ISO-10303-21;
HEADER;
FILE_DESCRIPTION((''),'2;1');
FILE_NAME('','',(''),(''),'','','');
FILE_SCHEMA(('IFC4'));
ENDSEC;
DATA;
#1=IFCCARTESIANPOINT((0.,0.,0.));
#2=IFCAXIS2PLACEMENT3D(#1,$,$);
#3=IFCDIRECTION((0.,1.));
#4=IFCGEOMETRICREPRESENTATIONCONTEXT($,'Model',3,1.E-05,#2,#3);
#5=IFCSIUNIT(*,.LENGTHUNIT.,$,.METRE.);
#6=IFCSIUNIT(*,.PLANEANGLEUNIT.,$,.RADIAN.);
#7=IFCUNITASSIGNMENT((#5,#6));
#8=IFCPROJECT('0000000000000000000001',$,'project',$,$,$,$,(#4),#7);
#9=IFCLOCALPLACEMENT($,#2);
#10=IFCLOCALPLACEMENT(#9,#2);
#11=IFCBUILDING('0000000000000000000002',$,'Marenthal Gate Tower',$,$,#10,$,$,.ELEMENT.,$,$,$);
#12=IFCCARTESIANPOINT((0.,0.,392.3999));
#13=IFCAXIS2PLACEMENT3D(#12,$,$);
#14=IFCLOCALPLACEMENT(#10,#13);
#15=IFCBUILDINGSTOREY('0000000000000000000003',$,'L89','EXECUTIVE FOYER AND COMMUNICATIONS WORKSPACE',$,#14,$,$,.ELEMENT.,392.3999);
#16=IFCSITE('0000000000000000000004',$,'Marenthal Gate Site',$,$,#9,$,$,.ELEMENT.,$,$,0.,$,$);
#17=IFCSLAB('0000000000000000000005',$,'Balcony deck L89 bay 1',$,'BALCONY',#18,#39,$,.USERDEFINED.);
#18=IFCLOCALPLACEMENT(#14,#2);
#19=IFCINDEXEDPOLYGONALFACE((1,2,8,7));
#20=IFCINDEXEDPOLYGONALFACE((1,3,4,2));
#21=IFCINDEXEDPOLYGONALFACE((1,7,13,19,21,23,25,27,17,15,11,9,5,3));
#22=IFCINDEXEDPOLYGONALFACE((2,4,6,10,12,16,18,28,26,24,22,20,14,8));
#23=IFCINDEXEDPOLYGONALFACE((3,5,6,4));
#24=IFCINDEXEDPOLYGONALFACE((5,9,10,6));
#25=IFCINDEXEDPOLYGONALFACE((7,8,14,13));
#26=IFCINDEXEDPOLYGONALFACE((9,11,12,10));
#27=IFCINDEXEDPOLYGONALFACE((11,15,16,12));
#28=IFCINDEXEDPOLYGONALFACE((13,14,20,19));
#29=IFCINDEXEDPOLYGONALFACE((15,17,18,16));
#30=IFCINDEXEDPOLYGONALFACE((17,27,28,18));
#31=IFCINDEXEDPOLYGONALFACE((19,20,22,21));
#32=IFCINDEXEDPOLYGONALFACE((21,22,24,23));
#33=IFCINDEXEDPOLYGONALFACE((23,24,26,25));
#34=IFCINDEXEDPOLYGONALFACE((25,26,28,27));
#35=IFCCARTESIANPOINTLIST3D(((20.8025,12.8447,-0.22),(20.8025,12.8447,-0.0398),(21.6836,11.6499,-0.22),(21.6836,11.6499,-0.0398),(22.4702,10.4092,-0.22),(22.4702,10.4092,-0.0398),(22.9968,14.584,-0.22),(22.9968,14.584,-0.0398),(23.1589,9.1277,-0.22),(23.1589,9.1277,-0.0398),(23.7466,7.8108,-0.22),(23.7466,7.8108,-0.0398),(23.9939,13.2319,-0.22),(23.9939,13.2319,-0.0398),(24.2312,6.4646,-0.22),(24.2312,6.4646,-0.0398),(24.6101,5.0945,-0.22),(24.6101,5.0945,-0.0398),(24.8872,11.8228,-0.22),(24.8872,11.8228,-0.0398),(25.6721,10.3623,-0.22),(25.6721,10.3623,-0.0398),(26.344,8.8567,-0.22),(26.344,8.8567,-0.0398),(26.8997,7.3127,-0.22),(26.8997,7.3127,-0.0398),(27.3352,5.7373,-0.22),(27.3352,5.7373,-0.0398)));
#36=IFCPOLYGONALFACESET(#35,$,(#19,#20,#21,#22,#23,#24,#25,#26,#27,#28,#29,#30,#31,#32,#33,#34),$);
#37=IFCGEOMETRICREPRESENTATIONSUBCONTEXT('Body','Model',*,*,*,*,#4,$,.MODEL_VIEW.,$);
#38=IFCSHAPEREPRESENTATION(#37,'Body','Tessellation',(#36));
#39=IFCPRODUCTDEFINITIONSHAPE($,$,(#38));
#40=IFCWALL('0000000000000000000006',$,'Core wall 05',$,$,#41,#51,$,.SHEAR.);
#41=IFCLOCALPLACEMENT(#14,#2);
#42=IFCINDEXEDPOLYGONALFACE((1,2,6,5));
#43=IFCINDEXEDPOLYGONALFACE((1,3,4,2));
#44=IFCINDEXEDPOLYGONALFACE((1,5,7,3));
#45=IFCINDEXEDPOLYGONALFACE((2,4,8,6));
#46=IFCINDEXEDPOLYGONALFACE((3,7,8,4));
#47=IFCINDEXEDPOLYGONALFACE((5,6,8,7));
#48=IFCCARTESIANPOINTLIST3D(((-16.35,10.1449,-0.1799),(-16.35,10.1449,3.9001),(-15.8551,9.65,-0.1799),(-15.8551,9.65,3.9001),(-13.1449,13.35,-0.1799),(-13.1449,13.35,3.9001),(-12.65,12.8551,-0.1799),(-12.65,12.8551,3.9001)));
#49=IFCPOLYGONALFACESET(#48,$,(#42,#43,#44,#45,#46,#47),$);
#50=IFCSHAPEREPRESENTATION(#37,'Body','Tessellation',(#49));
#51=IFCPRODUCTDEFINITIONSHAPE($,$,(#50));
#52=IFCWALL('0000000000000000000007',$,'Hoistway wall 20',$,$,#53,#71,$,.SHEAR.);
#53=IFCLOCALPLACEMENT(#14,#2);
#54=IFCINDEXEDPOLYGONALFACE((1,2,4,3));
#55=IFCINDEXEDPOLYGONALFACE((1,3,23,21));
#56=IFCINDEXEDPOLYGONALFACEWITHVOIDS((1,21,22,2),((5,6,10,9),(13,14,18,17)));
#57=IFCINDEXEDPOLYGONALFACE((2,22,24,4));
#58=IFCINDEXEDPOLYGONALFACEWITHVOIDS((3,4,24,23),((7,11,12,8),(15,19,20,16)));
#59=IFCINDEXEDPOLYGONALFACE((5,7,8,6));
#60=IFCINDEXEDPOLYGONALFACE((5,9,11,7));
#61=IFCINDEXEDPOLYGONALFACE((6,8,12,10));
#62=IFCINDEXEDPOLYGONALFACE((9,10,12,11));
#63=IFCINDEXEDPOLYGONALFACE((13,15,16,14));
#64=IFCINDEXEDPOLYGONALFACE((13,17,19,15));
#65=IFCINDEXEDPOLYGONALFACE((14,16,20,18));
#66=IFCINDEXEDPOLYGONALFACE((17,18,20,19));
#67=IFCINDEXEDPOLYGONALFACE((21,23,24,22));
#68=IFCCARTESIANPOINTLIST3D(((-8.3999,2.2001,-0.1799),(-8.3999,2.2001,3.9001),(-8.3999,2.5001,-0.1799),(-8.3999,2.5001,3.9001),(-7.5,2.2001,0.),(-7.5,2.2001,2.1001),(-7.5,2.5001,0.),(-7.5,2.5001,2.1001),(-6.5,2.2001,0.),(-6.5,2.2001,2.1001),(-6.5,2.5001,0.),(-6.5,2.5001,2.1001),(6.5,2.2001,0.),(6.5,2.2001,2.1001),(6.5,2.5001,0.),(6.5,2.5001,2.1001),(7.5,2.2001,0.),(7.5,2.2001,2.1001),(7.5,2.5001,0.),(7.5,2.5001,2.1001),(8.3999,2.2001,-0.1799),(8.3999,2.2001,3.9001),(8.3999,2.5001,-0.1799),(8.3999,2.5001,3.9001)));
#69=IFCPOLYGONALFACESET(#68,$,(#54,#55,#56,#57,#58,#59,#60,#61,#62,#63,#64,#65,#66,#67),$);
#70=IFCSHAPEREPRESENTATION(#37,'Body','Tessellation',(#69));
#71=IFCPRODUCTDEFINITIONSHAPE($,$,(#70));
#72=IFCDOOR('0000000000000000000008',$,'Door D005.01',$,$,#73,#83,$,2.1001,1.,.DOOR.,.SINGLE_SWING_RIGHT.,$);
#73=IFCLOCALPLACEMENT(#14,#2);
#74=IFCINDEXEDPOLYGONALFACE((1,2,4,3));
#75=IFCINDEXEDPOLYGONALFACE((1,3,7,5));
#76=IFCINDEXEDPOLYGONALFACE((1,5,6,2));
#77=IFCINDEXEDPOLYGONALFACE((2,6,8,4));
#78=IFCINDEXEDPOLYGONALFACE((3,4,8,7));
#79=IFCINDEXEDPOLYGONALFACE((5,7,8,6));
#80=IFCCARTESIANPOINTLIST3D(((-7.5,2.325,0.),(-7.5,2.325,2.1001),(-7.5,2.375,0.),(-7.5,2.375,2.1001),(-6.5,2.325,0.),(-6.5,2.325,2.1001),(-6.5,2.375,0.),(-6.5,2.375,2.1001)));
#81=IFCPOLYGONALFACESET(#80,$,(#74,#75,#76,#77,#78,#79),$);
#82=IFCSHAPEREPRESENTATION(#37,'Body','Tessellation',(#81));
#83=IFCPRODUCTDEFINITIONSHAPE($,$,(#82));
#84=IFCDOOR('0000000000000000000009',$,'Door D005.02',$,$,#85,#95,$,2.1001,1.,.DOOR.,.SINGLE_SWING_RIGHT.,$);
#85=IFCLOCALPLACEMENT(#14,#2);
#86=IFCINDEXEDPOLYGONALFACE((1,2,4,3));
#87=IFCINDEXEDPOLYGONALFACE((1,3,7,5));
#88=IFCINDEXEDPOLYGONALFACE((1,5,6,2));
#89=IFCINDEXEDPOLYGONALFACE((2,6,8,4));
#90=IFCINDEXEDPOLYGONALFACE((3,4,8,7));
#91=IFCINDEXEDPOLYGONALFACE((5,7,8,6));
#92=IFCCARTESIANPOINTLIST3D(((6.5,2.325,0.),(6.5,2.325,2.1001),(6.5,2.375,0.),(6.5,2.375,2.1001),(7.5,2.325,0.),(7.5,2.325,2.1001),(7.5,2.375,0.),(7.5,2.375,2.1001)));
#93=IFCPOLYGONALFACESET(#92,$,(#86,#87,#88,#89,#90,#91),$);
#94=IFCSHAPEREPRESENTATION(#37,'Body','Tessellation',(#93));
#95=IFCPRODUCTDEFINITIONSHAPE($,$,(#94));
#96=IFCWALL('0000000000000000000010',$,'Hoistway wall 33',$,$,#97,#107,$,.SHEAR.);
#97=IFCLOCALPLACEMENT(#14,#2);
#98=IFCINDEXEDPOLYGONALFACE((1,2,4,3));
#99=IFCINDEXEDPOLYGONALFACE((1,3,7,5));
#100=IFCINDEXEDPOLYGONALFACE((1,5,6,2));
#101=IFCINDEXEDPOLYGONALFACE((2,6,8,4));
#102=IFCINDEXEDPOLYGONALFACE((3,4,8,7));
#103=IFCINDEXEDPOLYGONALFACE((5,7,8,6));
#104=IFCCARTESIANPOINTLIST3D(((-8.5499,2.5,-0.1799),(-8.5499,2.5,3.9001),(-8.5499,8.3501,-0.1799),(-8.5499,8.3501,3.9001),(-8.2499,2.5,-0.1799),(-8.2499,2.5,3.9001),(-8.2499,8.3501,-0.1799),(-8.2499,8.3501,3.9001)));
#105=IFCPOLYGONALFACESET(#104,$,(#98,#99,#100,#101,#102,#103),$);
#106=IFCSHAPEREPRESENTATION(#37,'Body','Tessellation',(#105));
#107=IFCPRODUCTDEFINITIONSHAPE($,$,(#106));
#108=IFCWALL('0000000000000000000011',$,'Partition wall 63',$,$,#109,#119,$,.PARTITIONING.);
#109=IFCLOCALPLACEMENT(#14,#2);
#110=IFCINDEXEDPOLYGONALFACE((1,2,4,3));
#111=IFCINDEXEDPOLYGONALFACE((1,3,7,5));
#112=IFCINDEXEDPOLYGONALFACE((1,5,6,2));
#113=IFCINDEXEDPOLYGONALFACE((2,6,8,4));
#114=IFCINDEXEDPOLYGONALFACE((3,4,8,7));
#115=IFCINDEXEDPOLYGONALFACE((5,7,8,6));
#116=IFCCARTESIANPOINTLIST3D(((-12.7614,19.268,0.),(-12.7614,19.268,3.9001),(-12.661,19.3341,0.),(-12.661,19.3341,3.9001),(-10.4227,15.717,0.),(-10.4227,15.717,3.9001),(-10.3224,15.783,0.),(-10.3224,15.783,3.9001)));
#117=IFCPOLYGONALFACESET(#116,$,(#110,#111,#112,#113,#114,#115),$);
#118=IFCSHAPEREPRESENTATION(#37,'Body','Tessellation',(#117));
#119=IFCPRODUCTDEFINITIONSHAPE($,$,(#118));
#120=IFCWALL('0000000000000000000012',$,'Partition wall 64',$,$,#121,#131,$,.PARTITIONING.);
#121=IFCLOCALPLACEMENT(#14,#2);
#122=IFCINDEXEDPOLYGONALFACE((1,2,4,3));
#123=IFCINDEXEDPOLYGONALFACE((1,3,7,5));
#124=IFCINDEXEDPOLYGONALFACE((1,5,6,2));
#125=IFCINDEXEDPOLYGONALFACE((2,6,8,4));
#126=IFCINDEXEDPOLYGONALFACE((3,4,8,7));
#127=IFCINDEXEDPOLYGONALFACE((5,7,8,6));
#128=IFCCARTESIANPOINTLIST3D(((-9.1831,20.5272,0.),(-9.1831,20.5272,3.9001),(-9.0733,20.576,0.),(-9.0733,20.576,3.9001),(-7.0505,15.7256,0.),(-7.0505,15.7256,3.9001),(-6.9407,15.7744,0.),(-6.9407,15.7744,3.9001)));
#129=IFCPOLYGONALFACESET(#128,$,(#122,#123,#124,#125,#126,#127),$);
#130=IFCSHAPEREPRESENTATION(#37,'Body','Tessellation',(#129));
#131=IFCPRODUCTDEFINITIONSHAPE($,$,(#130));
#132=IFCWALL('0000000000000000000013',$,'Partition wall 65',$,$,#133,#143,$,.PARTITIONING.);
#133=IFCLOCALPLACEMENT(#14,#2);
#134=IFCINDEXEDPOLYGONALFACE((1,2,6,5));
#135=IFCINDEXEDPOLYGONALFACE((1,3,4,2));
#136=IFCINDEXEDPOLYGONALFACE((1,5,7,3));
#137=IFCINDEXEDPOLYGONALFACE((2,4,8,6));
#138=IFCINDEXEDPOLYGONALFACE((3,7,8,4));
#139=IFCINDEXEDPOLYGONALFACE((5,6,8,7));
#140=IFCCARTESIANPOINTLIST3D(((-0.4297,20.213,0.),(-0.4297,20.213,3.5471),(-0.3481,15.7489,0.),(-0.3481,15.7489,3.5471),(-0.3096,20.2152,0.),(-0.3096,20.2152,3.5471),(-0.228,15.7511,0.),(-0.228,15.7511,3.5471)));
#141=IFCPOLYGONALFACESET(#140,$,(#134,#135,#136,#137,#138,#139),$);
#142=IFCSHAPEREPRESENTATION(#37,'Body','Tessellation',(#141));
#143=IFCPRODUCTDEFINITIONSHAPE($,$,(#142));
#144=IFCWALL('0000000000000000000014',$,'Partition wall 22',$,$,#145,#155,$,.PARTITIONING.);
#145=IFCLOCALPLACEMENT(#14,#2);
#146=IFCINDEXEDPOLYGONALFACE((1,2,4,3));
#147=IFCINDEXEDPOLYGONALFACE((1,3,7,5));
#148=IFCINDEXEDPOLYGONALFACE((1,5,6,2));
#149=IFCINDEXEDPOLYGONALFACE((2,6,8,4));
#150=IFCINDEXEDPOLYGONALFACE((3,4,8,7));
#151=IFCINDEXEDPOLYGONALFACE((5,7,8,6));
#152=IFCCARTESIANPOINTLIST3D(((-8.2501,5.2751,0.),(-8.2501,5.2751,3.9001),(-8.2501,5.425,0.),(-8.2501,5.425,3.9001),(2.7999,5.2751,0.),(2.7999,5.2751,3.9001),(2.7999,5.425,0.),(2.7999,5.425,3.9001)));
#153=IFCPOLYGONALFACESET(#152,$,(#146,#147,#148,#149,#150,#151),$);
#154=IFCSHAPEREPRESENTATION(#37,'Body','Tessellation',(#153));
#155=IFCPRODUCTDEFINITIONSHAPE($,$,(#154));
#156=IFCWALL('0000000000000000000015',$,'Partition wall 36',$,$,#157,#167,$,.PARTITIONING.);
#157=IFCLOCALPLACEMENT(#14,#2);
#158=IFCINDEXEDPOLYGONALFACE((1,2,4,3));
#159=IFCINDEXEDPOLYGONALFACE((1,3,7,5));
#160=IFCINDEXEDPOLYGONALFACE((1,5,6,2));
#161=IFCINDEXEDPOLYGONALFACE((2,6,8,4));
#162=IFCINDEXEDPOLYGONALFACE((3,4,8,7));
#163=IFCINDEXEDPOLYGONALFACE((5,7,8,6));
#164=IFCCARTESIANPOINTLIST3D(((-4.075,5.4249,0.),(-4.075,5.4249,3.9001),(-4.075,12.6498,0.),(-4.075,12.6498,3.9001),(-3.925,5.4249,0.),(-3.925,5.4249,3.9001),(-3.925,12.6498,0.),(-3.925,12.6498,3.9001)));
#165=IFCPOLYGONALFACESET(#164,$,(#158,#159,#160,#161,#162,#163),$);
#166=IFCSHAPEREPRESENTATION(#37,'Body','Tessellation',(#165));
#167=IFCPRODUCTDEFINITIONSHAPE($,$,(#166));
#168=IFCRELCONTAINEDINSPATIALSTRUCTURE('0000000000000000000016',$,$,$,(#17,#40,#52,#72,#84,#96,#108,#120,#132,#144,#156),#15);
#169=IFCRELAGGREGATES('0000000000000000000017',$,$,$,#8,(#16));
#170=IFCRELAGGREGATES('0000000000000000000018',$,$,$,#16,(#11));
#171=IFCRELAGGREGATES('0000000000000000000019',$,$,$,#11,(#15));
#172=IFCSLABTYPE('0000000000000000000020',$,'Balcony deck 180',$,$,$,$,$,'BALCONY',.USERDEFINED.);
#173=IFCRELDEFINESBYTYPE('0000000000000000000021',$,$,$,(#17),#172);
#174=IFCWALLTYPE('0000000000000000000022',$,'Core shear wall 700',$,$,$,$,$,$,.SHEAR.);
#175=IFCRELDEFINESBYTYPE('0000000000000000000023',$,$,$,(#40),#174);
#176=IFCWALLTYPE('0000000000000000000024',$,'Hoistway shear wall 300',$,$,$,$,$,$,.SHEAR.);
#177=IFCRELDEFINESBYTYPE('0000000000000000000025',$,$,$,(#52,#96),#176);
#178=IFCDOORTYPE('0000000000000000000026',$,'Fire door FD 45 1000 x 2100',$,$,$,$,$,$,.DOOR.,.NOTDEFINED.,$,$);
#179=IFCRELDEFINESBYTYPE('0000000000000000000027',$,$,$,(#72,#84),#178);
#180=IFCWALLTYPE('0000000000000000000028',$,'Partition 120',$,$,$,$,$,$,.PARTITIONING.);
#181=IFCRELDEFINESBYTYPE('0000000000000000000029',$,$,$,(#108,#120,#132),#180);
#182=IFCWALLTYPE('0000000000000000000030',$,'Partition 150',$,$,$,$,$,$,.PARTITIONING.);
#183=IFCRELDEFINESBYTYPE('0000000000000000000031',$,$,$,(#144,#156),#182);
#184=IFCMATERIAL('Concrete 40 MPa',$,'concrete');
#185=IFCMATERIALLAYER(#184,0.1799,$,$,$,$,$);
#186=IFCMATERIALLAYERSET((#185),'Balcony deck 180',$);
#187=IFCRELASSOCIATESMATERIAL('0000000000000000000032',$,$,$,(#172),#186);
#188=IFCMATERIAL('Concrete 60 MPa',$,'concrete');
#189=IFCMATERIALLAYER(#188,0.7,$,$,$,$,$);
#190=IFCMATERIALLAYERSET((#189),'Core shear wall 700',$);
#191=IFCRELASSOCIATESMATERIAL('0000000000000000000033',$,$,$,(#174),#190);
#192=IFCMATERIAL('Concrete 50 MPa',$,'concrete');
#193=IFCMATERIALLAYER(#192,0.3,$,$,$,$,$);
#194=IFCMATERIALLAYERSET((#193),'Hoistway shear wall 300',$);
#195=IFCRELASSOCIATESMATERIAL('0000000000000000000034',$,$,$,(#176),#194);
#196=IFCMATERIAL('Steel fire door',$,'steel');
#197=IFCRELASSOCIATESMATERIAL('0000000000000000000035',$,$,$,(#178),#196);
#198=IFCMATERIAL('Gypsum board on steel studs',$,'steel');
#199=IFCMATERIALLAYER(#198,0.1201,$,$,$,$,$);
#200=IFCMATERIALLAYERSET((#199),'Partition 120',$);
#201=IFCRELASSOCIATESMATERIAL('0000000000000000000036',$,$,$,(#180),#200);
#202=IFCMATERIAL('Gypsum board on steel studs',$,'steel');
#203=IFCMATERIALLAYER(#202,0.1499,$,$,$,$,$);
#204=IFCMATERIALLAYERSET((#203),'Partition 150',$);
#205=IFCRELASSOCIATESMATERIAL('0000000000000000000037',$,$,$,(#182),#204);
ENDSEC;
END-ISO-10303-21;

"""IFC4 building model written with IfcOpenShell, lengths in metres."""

from ifc_helpers import new_model, si_unit, direction, frame, frame_2d, origin, place, context, subcontext, project, spatial, polyline, rectangle, outline, extrude, material, layer, layer_set, type_object, element, fill, save


model = new_model("IFC4")

# Units and contexts
model_context = context("Model", 3, precision=1e-05, world=origin(), true_north=direction((0.0, 1.0)))
body_context = subcontext(model_context, "Body", "Model", "MODEL_VIEW")
ifc_project = project(units=[si_unit("LENGTHUNIT", "METRE"), si_unit("PLANEANGLEUNIT", "RADIAN")], contexts=[model_context])

# Site, building, storey
site_placement = place(None, origin())
site = spatial("IfcSite", under=ifc_project, at=site_placement, Name="Marenthal Gate Site", CompositionType="ELEMENT", RefElevation=0.0)
building_placement = place(site_placement, origin())
building = spatial("IfcBuilding", under=site, at=building_placement, Name="Marenthal Gate Tower", CompositionType="ELEMENT")
storey_placement = place(building_placement, frame((0.0, 0.0, 392.3999)))
storey = spatial("IfcBuildingStorey", under=building, at=storey_placement, Name="L89", Description="EXECUTIVE FOYER AND COMMUNICATIONS WORKSPACE", CompositionType="ELEMENT", Elevation=392.3999)

# Slab
ifc_material_1 = material(Name="Concrete 40 MPa", Category="concrete")
ifc_layer_1 = layer(ifc_material_1, 0.1799)
ifc_layer_set_1 = layer_set([ifc_layer_1], Name="Balcony deck 180")
slab_type = type_object("IfcSlabType", Name="Balcony deck 180", ElementType="BALCONY", PredefinedType="USERDEFINED", material=ifc_layer_set_1)
slab_placement = place(storey_placement, frame((0.0, 0.0, -0.22)))
element("IfcSlab", 1, at=slab_placement, inside=storey, type_object=slab_type, Name="Balcony deck L89 bay 1", ObjectType="BALCONY", PredefinedType="USERDEFINED", context=body_context, shape_type="SweptSolid", body=[
    extrude(outline(polyline([(24.6101, 5.0945), (24.2312, 6.4646), (23.7466, 7.8108), (23.1589, 9.1277), (22.4702, 10.4092), (21.6836, 11.6499), (20.8025, 12.8447), (22.9968, 14.584), (23.9939, 13.2319), (24.8872, 11.8228), (25.6721, 10.3623), (26.344, 8.8567), (26.8997, 7.3127), (27.3352, 5.7373), (24.6101, 5.0945)])), origin(), (0.0, 0.0, 1.0), 0.1802),
])

# Wall
ifc_material_2 = material(Name="Concrete 60 MPa", Category="concrete")
ifc_layer_2 = layer(ifc_material_2, 0.7)
ifc_layer_set_2 = layer_set([ifc_layer_2], Name="Core shear wall 700")
wall_type_1 = type_object("IfcWallType", Name="Core shear wall 700", PredefinedType="SHEAR", material=ifc_layer_set_2)
wall_1_placement = place(storey_placement, frame((-12.8975, 13.1025, -0.1799), z_axis=(0.0, 0.0, 1.0), x_axis=(-0.707107, -0.707107, 0.0)))
element("IfcWall", 2, at=wall_1_placement, inside=storey, type_object=wall_type_1, Name="Core wall 05", PredefinedType="SHEAR", context=body_context, shape_type="SweptSolid", body=[
    extrude(rectangle(XDim=4.5327, YDim=0.7, at=frame_2d((2.2664, 0.0))), origin(), (0.0, 0.0, 1.0), 4.0801),
])

# Wall, openings, doors
ifc_material_3 = material(Name="Concrete 50 MPa", Category="concrete")
ifc_layer_3 = layer(ifc_material_3, 0.3)
ifc_layer_set_3 = layer_set([ifc_layer_3], Name="Hoistway shear wall 300")
wall_type_2 = type_object("IfcWallType", Name="Hoistway shear wall 300", PredefinedType="SHEAR", material=ifc_layer_set_3)
wall_2_placement = place(storey_placement, frame((-8.3999, 2.3501, -0.1799), z_axis=(0.0, 0.0, 1.0), x_axis=(1.0, 0.0, 0.0)))
wall_2 = element("IfcWall", 3, at=wall_2_placement, inside=storey, type_object=wall_type_2, Name="Hoistway wall 20", PredefinedType="SHEAR", context=body_context, shape_type="SweptSolid", body=[
    extrude(rectangle(XDim=16.7998, YDim=0.3, at=frame_2d((8.3999, 0.0))), origin(), (0.0, 0.0, 1.0), 4.0801),
])
opening_1_placement = place(wall_2_placement, frame((0.8999, 0.0, 0.1799)))
opening_1 = element("IfcOpeningElement", 4, at=opening_1_placement, cuts=wall_2, PredefinedType="OPENING", context=body_context, shape_type="SweptSolid", body=[
    extrude(rectangle(XDim=1.0, YDim=2.1001, at=frame_2d((0.5, 1.05))), frame((0.0, 0.1602, 0.0), z_axis=(0.0, -1.0, 0.0), x_axis=(1.0, 0.0, 0.0)), (0.0, 0.0, 1.0), 0.3201),
])
opening_2_placement = place(wall_2_placement, frame((14.8999, 0.0, 0.1799)))
opening_2 = element("IfcOpeningElement", 5, at=opening_2_placement, cuts=wall_2, PredefinedType="OPENING", context=body_context, shape_type="SweptSolid", body=[
    extrude(rectangle(XDim=1.0, YDim=2.1001, at=frame_2d((0.5, 1.05))), frame((0.0, 0.1602, 0.0), z_axis=(0.0, -1.0, 0.0), x_axis=(1.0, 0.0, 0.0)), (0.0, 0.0, 1.0), 0.3201),
])
ifc_material_4 = material(Name="Steel fire door", Category="steel")
door_type_1 = type_object("IfcDoorType", Name="Fire door FD 45 1000 x 2100", OperationType="NOTDEFINED", PredefinedType="DOOR", material=ifc_material_4)
door_1_placement = place(opening_1_placement, origin())
door_1 = element("IfcDoor", 6, at=door_1_placement, inside=storey, type_object=door_type_1, Name="Door D005.01", OperationType="SINGLE_SWING_RIGHT", OverallHeight=2.1001, OverallWidth=1.0, PredefinedType="DOOR", context=body_context, shape_type="SweptSolid", body=[
    extrude(rectangle(XDim=1.0, YDim=2.1001, at=frame_2d((0.5, 1.05))), frame((0.0, 0.0249, 0.0), z_axis=(0.0, -1.0, 0.0), x_axis=(1.0, 0.0, 0.0)), (0.0, 0.0, 1.0), 0.05),
])
fill(opening_1, door_1)
door_2_placement = place(opening_2_placement, origin())
door_2 = element("IfcDoor", 7, at=door_2_placement, inside=storey, type_object=door_type_1, Name="Door D005.02", OperationType="SINGLE_SWING_RIGHT", OverallHeight=2.1001, OverallWidth=1.0, PredefinedType="DOOR", context=body_context, shape_type="SweptSolid", body=[
    extrude(rectangle(XDim=1.0, YDim=2.1001, at=frame_2d((0.5, 1.05))), frame((0.0, 0.0249, 0.0), z_axis=(0.0, -1.0, 0.0), x_axis=(1.0, 0.0, 0.0)), (0.0, 0.0, 1.0), 0.05),
])
fill(opening_2, door_2)

# Walls
wall_3_placement = place(storey_placement, frame((-8.3999, 2.5, -0.1799), z_axis=(0.0, 0.0, 1.0), x_axis=(0.0, 1.0, 0.0)))
element("IfcWall", 8, at=wall_3_placement, inside=storey, type_object=wall_type_2, Name="Hoistway wall 33", PredefinedType="SHEAR", context=body_context, shape_type="SweptSolid", body=[
    extrude(rectangle(XDim=5.8501, YDim=0.3, at=frame_2d((2.925, 0.0))), origin(), (0.0, 0.0, 1.0), 4.0801),
])
ifc_material_5 = material(Name="Gypsum board on steel studs", Category="steel")
ifc_layer_4 = layer(ifc_material_5, 0.1201)
ifc_layer_set_4 = layer_set([ifc_layer_4], Name="Partition 120")
wall_type_3 = type_object("IfcWallType", Name="Partition 120", PredefinedType="PARTITIONING", material=ifc_layer_set_4)
wall_4_placement = place(storey_placement, frame((-10.3726, 15.75, 0.0), z_axis=(0.0, 0.0, 1.0), x_axis=(-0.550014, 0.835155, 0.0)))
element("IfcWall", 9, at=wall_4_placement, inside=storey, type_object=wall_type_3, Name="Partition wall 63", PredefinedType="PARTITIONING", context=body_context, shape_type="SweptSolid", body=[
    extrude(rectangle(XDim=4.252, YDim=0.1201, at=frame_2d((2.126, 0.0))), origin(), (0.0, 0.0, 1.0), 3.9001),
])
wall_5_placement = place(storey_placement, frame((-6.9956, 15.75, 0.0), z_axis=(0.0, 0.0, 1.0), x_axis=(-0.40591, 0.913913, 0.0)))
element("IfcWall", 10, at=wall_5_placement, inside=storey, type_object=wall_type_3, Name="Partition wall 64", PredefinedType="PARTITIONING", context=body_context, shape_type="SweptSolid", body=[
    extrude(rectangle(XDim=5.2539, YDim=0.1201, at=frame_2d((2.627, 0.0))), origin(), (0.0, 0.0, 1.0), 3.9001),
])
wall_6_placement = place(storey_placement, frame((-0.2881, 15.75, 0.0), z_axis=(0.0, 0.0, 1.0), x_axis=(-0.018263, 0.999833, 0.0)))
element("IfcWall", 11, at=wall_6_placement, inside=storey, type_object=wall_type_3, Name="Partition wall 65", PredefinedType="PARTITIONING", context=body_context, shape_type="SweptSolid", body=[
    extrude(rectangle(XDim=4.4648, YDim=0.1201, at=frame_2d((2.2324, 0.0))), origin(), (0.0, 0.0, 1.0), 3.5471),
])
ifc_material_6 = material(Name="Gypsum board on steel studs", Category="steel")
ifc_layer_5 = layer(ifc_material_6, 0.1499)
ifc_layer_set_5 = layer_set([ifc_layer_5], Name="Partition 150")
wall_type_4 = type_object("IfcWallType", Name="Partition 150", PredefinedType="PARTITIONING", material=ifc_layer_set_5)
wall_7_placement = place(storey_placement, frame((-8.25, 5.3501, 0.0), z_axis=(0.0, 0.0, 1.0), x_axis=(1.0, 0.0, 0.0)))
element("IfcWall", 12, at=wall_7_placement, inside=storey, type_object=wall_type_4, Name="Partition wall 22", PredefinedType="PARTITIONING", context=body_context, shape_type="SweptSolid", body=[
    extrude(rectangle(XDim=11.05, YDim=0.1499, at=frame_2d((5.5249, 0.0))), origin(), (0.0, 0.0, 1.0), 3.9001),
])
wall_8_placement = place(storey_placement, frame((-4.0, 5.425, 0.0), z_axis=(0.0, 0.0, 1.0), x_axis=(0.0, 1.0, 0.0)))
element("IfcWall", 13, at=wall_8_placement, inside=storey, type_object=wall_type_4, Name="Partition wall 36", PredefinedType="PARTITIONING", context=body_context, shape_type="SweptSolid", body=[
    extrude(rectangle(XDim=7.2249, YDim=0.1499, at=frame_2d((3.6123, 0.0))), origin(), (0.0, 0.0, 1.0), 3.9001),
])

save(model, "model.ifc")
